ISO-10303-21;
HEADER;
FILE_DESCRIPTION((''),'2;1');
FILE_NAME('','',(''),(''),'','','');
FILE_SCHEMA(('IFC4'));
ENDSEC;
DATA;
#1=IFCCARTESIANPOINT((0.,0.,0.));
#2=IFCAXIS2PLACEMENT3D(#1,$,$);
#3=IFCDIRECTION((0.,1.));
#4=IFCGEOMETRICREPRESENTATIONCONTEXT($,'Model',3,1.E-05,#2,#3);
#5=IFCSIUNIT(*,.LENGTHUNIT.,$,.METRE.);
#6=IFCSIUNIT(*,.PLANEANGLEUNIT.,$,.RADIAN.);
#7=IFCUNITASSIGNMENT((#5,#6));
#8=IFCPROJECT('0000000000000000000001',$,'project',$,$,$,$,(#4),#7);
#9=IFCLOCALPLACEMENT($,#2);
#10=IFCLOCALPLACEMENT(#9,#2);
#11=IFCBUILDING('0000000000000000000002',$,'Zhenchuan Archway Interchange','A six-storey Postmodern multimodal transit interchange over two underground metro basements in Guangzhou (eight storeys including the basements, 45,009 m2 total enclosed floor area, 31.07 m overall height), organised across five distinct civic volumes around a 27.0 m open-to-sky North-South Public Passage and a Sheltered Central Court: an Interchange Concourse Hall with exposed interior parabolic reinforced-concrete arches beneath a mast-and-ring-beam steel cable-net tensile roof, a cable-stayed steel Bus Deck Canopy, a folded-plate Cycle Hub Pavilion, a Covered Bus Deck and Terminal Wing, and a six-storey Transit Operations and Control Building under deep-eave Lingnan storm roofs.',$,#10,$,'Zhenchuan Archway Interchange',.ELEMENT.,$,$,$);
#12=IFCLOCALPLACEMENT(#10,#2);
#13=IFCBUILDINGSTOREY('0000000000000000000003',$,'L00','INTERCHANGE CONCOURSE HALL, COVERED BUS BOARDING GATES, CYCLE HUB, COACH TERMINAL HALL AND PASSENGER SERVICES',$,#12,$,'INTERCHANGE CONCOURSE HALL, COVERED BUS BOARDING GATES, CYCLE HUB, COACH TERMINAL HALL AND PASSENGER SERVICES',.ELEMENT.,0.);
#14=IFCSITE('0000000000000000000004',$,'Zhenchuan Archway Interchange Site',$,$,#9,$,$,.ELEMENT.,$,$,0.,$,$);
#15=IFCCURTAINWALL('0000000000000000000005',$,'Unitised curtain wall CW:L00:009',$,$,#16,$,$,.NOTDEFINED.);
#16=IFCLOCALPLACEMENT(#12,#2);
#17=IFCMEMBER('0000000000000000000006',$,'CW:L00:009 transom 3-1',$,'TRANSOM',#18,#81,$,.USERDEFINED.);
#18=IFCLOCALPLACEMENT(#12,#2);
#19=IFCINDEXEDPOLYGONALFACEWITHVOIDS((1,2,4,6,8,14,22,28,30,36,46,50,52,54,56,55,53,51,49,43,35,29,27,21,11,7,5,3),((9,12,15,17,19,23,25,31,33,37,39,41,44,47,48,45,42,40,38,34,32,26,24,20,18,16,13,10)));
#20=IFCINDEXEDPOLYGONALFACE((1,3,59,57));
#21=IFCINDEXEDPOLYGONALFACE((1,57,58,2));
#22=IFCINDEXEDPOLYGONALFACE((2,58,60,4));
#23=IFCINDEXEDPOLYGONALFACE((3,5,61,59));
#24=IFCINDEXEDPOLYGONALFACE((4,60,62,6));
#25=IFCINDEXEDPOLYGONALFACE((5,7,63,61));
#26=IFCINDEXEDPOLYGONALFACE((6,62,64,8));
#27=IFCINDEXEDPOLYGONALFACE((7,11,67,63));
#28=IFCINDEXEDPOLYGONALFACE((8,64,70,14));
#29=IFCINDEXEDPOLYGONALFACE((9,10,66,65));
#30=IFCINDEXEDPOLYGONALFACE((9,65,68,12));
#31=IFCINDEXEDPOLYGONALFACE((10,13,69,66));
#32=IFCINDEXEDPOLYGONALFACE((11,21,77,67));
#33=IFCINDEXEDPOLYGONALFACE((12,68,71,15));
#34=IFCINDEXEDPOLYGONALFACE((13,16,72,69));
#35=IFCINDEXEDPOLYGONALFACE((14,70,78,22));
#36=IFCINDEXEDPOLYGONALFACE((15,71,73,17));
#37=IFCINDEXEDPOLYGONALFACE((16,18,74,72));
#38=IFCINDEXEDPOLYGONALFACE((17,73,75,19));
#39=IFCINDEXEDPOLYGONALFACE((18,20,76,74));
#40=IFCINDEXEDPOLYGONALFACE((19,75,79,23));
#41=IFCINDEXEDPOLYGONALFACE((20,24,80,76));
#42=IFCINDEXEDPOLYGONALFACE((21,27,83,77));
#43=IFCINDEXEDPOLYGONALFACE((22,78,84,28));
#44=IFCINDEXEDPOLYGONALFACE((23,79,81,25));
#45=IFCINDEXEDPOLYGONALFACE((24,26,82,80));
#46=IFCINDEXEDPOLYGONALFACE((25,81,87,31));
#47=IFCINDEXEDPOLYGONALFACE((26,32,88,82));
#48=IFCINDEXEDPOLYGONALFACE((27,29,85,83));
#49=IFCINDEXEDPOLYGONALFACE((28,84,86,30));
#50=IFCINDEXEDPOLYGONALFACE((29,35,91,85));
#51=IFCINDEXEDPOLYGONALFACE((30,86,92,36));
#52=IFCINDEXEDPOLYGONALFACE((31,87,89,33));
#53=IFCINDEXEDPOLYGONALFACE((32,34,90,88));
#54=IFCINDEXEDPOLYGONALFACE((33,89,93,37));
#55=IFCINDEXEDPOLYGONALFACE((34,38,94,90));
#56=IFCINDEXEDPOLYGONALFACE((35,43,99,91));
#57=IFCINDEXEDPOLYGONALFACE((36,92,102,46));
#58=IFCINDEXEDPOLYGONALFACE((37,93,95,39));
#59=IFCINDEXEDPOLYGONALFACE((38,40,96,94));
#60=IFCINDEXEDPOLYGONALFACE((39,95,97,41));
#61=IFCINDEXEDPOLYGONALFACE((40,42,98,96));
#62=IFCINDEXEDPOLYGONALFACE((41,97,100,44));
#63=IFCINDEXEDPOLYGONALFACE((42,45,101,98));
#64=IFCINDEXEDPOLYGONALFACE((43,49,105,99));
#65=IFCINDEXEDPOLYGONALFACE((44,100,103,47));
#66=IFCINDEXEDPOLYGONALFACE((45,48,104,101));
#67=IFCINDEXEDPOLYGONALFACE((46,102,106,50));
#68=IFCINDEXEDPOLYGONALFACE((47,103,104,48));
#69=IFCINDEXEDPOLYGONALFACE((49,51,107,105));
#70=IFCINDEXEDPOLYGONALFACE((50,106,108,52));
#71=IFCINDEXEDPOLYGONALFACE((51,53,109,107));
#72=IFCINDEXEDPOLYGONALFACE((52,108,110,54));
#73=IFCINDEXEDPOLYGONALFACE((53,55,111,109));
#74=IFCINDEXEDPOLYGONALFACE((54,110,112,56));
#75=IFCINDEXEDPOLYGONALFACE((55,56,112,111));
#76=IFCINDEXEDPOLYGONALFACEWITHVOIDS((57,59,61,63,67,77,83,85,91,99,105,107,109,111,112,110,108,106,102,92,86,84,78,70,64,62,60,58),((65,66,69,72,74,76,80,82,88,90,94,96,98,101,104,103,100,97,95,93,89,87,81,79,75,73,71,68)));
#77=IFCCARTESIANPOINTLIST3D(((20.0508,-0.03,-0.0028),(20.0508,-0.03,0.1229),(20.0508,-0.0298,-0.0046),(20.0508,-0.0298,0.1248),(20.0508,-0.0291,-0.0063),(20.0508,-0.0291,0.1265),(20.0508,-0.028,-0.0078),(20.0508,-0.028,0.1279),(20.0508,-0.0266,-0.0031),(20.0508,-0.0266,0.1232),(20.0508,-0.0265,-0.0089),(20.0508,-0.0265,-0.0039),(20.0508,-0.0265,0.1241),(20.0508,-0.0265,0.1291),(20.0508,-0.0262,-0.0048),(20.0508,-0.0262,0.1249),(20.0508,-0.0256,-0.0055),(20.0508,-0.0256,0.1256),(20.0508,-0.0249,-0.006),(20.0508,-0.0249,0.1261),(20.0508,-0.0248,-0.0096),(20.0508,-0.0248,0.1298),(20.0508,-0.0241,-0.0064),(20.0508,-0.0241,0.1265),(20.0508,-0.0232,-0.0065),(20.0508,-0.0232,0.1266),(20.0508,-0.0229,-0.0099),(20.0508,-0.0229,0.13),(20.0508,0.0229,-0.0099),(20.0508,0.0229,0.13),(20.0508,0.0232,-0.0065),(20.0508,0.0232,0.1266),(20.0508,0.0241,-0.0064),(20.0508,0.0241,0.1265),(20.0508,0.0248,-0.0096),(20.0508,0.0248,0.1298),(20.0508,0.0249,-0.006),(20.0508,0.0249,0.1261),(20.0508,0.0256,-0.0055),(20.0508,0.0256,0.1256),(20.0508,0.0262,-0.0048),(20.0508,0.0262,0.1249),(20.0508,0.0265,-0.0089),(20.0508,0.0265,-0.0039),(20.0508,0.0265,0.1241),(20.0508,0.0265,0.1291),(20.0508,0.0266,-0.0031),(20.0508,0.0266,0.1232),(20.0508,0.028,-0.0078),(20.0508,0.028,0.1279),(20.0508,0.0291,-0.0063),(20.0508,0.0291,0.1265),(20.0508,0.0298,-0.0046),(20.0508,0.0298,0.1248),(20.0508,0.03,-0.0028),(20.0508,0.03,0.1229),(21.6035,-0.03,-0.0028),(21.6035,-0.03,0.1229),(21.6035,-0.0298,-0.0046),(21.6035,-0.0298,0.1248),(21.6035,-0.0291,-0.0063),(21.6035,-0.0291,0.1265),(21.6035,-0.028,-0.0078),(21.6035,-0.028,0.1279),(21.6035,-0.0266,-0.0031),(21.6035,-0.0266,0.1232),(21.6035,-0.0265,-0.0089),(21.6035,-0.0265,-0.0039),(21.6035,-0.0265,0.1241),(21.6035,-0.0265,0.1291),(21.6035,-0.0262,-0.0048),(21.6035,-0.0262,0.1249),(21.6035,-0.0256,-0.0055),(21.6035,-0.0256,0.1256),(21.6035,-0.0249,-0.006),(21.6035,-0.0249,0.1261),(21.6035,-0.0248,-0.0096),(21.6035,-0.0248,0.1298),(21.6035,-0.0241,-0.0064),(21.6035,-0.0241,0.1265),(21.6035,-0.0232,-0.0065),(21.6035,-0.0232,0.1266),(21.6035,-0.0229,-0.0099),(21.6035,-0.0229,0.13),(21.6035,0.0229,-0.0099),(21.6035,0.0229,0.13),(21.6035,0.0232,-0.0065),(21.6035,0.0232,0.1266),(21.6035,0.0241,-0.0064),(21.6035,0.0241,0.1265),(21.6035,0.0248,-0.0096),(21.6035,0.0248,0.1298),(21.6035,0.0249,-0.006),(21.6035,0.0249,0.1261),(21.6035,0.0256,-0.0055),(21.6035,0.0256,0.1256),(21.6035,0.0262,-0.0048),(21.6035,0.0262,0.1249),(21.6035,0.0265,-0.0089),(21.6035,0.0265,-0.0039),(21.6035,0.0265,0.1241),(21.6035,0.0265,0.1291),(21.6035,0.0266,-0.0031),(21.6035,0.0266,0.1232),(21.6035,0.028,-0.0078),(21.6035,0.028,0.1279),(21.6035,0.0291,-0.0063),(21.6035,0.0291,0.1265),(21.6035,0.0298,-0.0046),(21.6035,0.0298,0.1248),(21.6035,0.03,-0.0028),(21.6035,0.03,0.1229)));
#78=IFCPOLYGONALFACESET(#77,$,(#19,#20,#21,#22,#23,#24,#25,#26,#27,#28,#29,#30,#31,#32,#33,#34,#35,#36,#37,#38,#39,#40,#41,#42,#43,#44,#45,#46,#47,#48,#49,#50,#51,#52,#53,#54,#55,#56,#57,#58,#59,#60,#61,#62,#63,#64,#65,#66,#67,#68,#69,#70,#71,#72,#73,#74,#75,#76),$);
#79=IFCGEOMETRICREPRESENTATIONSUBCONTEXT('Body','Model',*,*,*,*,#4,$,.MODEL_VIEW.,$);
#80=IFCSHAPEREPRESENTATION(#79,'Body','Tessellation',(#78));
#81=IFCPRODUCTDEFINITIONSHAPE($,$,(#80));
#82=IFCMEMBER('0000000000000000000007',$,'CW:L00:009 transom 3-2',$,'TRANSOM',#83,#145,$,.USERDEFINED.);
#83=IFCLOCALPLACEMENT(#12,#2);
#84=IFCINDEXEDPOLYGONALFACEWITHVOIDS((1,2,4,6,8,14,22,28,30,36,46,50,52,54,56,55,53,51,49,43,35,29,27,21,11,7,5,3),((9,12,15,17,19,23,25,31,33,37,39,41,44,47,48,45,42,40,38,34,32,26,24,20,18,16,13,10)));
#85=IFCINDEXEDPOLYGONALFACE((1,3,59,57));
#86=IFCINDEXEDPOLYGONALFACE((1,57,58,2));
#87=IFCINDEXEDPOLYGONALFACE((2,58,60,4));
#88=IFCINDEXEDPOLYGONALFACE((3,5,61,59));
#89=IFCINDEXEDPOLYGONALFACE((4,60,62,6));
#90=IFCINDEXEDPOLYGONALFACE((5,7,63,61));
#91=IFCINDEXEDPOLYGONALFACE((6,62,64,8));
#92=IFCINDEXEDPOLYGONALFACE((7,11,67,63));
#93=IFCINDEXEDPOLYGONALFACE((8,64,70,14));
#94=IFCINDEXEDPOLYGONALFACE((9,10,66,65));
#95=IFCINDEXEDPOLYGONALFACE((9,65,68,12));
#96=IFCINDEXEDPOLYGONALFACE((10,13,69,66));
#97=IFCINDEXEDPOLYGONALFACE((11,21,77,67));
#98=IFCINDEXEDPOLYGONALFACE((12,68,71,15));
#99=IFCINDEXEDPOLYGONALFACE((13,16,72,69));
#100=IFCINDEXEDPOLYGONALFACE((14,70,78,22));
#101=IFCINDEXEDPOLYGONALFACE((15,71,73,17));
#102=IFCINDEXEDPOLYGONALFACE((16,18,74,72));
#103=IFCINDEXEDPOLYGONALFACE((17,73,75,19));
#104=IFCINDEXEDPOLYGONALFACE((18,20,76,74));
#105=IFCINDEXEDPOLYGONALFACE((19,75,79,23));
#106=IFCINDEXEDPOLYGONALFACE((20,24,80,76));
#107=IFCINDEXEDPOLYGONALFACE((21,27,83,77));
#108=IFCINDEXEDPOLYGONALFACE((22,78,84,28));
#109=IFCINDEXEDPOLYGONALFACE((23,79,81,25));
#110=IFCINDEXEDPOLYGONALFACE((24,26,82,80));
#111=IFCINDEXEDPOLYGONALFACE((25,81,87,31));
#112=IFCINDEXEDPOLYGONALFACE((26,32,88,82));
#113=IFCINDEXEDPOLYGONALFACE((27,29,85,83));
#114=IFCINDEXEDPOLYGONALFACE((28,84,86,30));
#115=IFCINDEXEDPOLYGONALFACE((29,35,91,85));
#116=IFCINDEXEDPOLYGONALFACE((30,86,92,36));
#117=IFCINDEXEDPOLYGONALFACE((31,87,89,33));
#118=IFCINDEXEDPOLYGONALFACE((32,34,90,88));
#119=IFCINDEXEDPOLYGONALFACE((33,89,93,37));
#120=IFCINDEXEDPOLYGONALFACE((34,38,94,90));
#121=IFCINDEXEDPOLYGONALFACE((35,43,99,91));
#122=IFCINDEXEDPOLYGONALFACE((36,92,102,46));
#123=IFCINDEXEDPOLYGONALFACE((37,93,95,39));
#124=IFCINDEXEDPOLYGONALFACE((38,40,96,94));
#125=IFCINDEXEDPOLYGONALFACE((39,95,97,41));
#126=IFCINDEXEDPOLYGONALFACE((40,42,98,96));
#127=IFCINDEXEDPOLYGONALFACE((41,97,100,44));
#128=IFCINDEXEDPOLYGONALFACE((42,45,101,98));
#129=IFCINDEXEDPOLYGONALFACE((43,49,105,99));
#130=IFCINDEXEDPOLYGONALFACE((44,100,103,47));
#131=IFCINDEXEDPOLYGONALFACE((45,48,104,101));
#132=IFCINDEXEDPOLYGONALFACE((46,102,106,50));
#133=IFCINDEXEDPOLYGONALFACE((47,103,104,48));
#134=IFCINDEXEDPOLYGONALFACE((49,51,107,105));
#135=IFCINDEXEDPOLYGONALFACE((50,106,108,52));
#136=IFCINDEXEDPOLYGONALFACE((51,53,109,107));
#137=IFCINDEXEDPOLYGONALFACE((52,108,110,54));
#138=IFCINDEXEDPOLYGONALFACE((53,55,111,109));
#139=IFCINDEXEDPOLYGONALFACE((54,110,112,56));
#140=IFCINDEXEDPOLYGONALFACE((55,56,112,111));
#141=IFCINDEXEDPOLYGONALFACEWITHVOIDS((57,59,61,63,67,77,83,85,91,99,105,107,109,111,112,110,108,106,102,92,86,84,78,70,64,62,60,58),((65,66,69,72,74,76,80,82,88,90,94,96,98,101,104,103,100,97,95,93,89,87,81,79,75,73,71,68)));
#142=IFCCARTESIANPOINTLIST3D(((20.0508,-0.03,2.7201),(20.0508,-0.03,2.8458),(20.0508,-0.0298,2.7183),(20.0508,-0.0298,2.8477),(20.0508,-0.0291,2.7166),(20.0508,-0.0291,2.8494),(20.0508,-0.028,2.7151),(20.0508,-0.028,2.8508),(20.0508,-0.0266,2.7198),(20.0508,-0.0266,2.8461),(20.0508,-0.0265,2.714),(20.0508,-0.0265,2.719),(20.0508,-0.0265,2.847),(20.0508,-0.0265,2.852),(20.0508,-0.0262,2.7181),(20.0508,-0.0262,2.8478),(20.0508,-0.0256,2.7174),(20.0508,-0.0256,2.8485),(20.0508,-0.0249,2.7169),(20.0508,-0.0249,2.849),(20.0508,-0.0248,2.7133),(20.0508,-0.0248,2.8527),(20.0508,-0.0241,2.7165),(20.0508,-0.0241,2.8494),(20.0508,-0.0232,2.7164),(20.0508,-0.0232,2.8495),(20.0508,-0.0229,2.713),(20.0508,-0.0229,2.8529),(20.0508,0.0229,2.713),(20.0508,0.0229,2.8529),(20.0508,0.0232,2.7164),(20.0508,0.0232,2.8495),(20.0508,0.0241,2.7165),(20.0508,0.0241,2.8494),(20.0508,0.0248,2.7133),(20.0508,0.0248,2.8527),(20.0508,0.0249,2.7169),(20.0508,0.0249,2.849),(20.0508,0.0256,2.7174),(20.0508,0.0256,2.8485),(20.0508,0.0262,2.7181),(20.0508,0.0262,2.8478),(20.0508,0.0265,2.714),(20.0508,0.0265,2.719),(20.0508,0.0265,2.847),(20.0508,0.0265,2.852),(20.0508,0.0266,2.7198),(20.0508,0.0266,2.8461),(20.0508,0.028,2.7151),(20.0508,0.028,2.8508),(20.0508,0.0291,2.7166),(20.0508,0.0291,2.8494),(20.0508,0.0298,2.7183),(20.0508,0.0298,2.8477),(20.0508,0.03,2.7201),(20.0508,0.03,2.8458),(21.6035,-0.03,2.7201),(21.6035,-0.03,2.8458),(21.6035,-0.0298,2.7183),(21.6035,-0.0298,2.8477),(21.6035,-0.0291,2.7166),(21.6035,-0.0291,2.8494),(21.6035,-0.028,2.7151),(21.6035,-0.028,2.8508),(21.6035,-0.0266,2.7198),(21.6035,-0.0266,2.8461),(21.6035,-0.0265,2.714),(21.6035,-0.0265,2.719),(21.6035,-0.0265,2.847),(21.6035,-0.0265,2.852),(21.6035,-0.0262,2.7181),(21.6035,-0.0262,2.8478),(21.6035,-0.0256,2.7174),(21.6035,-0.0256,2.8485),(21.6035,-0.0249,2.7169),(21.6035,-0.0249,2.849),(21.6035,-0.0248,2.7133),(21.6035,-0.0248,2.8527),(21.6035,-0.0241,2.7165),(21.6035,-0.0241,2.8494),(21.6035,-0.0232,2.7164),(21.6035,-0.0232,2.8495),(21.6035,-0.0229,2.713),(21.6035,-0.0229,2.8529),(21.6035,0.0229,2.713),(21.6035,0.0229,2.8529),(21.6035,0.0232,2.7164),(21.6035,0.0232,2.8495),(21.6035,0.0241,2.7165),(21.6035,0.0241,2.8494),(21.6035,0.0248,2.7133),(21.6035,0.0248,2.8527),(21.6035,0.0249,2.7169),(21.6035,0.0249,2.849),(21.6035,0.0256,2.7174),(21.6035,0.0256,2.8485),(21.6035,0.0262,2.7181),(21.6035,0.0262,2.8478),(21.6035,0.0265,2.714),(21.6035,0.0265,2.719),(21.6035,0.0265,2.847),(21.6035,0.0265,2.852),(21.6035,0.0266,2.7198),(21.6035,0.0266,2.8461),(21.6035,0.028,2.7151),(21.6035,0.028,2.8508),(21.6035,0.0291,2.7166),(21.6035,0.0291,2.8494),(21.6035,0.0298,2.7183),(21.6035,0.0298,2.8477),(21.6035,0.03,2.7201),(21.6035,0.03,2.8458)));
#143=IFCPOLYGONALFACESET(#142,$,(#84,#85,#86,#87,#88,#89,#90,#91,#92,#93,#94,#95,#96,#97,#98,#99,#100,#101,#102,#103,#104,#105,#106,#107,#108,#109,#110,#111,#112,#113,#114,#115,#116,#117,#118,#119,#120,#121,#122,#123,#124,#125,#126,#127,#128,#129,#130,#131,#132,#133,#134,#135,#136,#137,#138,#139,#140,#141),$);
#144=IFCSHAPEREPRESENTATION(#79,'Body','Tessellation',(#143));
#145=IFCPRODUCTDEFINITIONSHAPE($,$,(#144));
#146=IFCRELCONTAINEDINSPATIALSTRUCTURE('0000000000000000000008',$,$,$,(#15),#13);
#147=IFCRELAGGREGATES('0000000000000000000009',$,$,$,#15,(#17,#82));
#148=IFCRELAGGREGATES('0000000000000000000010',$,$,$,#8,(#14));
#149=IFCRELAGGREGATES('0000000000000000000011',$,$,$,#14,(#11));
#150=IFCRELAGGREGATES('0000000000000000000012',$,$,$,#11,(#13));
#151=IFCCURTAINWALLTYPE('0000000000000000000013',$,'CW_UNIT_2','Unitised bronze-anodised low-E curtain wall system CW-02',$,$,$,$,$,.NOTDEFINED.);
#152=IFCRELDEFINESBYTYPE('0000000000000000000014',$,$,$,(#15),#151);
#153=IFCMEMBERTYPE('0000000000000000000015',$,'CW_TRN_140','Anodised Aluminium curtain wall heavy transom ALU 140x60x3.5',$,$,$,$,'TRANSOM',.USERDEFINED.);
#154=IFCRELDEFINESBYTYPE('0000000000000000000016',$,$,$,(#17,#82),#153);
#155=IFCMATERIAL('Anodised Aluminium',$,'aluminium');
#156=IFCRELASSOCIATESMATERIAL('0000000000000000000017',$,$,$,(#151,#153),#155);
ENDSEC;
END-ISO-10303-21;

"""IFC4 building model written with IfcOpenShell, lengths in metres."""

from ifc_helpers import new_model, si_unit, direction, frame, origin, origin_2d, place, context, subcontext, project, spatial, hollow_rectangle, extrude, material, material_profile, profile_set, type_object, element, aggregate, save


model = new_model("IFC4")

# Units and contexts
model_context = context("Model", 3, precision=1e-05, world=origin(), true_north=direction((0.0, 1.0)))
body_context = subcontext(model_context, "Body", "Model", "MODEL_VIEW")
ifc_project = project(units=[si_unit("LENGTHUNIT", "METRE"), si_unit("PLANEANGLEUNIT", "RADIAN")], contexts=[model_context])

# Site, building, storey
site_placement = place(None, origin())
site = spatial("IfcSite", under=ifc_project, at=site_placement, Name="Zhenchuan Archway Interchange Site", CompositionType="ELEMENT", RefElevation=0.0)
building_placement = place(site_placement, origin())
building = spatial("IfcBuilding", under=site, at=building_placement, Name="Zhenchuan Archway Interchange", Description="A six-storey Postmodern multimodal transit interchange over two underground metro basements in Guangzhou (eight storeys including the basements, 45,009 m2 total enclosed floor area, 31.07 m overall height), organised across five distinct civic volumes around a 27.0 m open-to-sky North-South Public Passage and a Sheltered Central Court: an Interchange Concourse Hall with exposed interior parabolic reinforced-concrete arches beneath a mast-and-ring-beam steel cable-net tensile roof, a cable-stayed steel Bus Deck Canopy, a folded-plate Cycle Hub Pavilion, a Covered Bus Deck and Terminal Wing, and a six-storey Transit Operations and Control Building under deep-eave Lingnan storm roofs.", LongName="Zhenchuan Archway Interchange", CompositionType="ELEMENT")
storey_placement = place(building_placement, origin())
storey = spatial("IfcBuildingStorey", under=building, at=storey_placement, Name="L00", Description="INTERCHANGE CONCOURSE HALL, COVERED BUS BOARDING GATES, CYCLE HUB, COACH TERMINAL HALL AND PASSENGER SERVICES", LongName="INTERCHANGE CONCOURSE HALL, COVERED BUS BOARDING GATES, CYCLE HUB, COACH TERMINAL HALL AND PASSENGER SERVICES", CompositionType="ELEMENT", Elevation=0.0)

# Curtain wall, members
ifc_material_1 = material(Name="Anodised Aluminium", Category="aluminium")
curtain_wall_type = type_object("IfcCurtainWallType", Name="CW_UNIT_2", Description="Unitised bronze-anodised low-E curtain wall system CW-02", PredefinedType="NOTDEFINED", material=ifc_material_1)
curtain_wall_placement = place(storey_placement, origin())
curtain_wall = element("IfcCurtainWall", 1, at=curtain_wall_placement, inside=storey, type_object=curtain_wall_type, Name="Unitised curtain wall CW:L00:009", PredefinedType="NOTDEFINED")
ifc_material_profile_1 = material_profile(ifc_material_1, hollow_rectangle(XDim=0.0601, YDim=0.1399, WallThickness=0.0034, InnerFilletRadius=0.0034, OuterFilletRadius=0.0071, at=origin_2d()), Name="ALU 140x60x3.5")
ifc_profile_set_1 = profile_set([ifc_material_profile_1], Name="Anodised Aluminium")
member_type_1 = type_object("IfcMemberType", Name="CW_TRN_140", Description="Anodised Aluminium curtain wall heavy transom ALU 140x60x3.5", ElementType="TRANSOM", PredefinedType="USERDEFINED", material=ifc_profile_set_1)
member_1_placement = place(storey_placement, frame((21.6035, 0.0, 0.0601), z_axis=(-1.0, 0.0, 0.0), x_axis=(0.0, -1.0, 0.0)))
member_1 = element("IfcMember", 2, at=member_1_placement, type_object=member_type_1, Name="CW:L00:009 transom 3-1", ObjectType="TRANSOM", PredefinedType="USERDEFINED", context=body_context, shape_type="SweptSolid", body=[
    extrude(hollow_rectangle(XDim=0.0601, YDim=0.1399, WallThickness=0.0034, InnerFilletRadius=0.0034, OuterFilletRadius=0.0071, at=origin_2d()), origin(), (0.0, 0.0, 1.0), 1.5527),
])
member_2_placement = place(storey_placement, frame((21.6035, 0.0, 2.783), z_axis=(-1.0, 0.0, 0.0), x_axis=(0.0, -1.0, 0.0)))
member_2 = element("IfcMember", 3, at=member_2_placement, type_object=member_type_1, Name="CW:L00:009 transom 3-2", ObjectType="TRANSOM", PredefinedType="USERDEFINED", context=body_context, shape_type="SweptSolid", body=[
    extrude(hollow_rectangle(XDim=0.0601, YDim=0.1399, WallThickness=0.0034, InnerFilletRadius=0.0034, OuterFilletRadius=0.0071, at=origin_2d()), origin(), (0.0, 0.0, 1.0), 1.5527),
])

aggregate(curtain_wall, [member_1, member_2])

save(model, "model.ifc")
